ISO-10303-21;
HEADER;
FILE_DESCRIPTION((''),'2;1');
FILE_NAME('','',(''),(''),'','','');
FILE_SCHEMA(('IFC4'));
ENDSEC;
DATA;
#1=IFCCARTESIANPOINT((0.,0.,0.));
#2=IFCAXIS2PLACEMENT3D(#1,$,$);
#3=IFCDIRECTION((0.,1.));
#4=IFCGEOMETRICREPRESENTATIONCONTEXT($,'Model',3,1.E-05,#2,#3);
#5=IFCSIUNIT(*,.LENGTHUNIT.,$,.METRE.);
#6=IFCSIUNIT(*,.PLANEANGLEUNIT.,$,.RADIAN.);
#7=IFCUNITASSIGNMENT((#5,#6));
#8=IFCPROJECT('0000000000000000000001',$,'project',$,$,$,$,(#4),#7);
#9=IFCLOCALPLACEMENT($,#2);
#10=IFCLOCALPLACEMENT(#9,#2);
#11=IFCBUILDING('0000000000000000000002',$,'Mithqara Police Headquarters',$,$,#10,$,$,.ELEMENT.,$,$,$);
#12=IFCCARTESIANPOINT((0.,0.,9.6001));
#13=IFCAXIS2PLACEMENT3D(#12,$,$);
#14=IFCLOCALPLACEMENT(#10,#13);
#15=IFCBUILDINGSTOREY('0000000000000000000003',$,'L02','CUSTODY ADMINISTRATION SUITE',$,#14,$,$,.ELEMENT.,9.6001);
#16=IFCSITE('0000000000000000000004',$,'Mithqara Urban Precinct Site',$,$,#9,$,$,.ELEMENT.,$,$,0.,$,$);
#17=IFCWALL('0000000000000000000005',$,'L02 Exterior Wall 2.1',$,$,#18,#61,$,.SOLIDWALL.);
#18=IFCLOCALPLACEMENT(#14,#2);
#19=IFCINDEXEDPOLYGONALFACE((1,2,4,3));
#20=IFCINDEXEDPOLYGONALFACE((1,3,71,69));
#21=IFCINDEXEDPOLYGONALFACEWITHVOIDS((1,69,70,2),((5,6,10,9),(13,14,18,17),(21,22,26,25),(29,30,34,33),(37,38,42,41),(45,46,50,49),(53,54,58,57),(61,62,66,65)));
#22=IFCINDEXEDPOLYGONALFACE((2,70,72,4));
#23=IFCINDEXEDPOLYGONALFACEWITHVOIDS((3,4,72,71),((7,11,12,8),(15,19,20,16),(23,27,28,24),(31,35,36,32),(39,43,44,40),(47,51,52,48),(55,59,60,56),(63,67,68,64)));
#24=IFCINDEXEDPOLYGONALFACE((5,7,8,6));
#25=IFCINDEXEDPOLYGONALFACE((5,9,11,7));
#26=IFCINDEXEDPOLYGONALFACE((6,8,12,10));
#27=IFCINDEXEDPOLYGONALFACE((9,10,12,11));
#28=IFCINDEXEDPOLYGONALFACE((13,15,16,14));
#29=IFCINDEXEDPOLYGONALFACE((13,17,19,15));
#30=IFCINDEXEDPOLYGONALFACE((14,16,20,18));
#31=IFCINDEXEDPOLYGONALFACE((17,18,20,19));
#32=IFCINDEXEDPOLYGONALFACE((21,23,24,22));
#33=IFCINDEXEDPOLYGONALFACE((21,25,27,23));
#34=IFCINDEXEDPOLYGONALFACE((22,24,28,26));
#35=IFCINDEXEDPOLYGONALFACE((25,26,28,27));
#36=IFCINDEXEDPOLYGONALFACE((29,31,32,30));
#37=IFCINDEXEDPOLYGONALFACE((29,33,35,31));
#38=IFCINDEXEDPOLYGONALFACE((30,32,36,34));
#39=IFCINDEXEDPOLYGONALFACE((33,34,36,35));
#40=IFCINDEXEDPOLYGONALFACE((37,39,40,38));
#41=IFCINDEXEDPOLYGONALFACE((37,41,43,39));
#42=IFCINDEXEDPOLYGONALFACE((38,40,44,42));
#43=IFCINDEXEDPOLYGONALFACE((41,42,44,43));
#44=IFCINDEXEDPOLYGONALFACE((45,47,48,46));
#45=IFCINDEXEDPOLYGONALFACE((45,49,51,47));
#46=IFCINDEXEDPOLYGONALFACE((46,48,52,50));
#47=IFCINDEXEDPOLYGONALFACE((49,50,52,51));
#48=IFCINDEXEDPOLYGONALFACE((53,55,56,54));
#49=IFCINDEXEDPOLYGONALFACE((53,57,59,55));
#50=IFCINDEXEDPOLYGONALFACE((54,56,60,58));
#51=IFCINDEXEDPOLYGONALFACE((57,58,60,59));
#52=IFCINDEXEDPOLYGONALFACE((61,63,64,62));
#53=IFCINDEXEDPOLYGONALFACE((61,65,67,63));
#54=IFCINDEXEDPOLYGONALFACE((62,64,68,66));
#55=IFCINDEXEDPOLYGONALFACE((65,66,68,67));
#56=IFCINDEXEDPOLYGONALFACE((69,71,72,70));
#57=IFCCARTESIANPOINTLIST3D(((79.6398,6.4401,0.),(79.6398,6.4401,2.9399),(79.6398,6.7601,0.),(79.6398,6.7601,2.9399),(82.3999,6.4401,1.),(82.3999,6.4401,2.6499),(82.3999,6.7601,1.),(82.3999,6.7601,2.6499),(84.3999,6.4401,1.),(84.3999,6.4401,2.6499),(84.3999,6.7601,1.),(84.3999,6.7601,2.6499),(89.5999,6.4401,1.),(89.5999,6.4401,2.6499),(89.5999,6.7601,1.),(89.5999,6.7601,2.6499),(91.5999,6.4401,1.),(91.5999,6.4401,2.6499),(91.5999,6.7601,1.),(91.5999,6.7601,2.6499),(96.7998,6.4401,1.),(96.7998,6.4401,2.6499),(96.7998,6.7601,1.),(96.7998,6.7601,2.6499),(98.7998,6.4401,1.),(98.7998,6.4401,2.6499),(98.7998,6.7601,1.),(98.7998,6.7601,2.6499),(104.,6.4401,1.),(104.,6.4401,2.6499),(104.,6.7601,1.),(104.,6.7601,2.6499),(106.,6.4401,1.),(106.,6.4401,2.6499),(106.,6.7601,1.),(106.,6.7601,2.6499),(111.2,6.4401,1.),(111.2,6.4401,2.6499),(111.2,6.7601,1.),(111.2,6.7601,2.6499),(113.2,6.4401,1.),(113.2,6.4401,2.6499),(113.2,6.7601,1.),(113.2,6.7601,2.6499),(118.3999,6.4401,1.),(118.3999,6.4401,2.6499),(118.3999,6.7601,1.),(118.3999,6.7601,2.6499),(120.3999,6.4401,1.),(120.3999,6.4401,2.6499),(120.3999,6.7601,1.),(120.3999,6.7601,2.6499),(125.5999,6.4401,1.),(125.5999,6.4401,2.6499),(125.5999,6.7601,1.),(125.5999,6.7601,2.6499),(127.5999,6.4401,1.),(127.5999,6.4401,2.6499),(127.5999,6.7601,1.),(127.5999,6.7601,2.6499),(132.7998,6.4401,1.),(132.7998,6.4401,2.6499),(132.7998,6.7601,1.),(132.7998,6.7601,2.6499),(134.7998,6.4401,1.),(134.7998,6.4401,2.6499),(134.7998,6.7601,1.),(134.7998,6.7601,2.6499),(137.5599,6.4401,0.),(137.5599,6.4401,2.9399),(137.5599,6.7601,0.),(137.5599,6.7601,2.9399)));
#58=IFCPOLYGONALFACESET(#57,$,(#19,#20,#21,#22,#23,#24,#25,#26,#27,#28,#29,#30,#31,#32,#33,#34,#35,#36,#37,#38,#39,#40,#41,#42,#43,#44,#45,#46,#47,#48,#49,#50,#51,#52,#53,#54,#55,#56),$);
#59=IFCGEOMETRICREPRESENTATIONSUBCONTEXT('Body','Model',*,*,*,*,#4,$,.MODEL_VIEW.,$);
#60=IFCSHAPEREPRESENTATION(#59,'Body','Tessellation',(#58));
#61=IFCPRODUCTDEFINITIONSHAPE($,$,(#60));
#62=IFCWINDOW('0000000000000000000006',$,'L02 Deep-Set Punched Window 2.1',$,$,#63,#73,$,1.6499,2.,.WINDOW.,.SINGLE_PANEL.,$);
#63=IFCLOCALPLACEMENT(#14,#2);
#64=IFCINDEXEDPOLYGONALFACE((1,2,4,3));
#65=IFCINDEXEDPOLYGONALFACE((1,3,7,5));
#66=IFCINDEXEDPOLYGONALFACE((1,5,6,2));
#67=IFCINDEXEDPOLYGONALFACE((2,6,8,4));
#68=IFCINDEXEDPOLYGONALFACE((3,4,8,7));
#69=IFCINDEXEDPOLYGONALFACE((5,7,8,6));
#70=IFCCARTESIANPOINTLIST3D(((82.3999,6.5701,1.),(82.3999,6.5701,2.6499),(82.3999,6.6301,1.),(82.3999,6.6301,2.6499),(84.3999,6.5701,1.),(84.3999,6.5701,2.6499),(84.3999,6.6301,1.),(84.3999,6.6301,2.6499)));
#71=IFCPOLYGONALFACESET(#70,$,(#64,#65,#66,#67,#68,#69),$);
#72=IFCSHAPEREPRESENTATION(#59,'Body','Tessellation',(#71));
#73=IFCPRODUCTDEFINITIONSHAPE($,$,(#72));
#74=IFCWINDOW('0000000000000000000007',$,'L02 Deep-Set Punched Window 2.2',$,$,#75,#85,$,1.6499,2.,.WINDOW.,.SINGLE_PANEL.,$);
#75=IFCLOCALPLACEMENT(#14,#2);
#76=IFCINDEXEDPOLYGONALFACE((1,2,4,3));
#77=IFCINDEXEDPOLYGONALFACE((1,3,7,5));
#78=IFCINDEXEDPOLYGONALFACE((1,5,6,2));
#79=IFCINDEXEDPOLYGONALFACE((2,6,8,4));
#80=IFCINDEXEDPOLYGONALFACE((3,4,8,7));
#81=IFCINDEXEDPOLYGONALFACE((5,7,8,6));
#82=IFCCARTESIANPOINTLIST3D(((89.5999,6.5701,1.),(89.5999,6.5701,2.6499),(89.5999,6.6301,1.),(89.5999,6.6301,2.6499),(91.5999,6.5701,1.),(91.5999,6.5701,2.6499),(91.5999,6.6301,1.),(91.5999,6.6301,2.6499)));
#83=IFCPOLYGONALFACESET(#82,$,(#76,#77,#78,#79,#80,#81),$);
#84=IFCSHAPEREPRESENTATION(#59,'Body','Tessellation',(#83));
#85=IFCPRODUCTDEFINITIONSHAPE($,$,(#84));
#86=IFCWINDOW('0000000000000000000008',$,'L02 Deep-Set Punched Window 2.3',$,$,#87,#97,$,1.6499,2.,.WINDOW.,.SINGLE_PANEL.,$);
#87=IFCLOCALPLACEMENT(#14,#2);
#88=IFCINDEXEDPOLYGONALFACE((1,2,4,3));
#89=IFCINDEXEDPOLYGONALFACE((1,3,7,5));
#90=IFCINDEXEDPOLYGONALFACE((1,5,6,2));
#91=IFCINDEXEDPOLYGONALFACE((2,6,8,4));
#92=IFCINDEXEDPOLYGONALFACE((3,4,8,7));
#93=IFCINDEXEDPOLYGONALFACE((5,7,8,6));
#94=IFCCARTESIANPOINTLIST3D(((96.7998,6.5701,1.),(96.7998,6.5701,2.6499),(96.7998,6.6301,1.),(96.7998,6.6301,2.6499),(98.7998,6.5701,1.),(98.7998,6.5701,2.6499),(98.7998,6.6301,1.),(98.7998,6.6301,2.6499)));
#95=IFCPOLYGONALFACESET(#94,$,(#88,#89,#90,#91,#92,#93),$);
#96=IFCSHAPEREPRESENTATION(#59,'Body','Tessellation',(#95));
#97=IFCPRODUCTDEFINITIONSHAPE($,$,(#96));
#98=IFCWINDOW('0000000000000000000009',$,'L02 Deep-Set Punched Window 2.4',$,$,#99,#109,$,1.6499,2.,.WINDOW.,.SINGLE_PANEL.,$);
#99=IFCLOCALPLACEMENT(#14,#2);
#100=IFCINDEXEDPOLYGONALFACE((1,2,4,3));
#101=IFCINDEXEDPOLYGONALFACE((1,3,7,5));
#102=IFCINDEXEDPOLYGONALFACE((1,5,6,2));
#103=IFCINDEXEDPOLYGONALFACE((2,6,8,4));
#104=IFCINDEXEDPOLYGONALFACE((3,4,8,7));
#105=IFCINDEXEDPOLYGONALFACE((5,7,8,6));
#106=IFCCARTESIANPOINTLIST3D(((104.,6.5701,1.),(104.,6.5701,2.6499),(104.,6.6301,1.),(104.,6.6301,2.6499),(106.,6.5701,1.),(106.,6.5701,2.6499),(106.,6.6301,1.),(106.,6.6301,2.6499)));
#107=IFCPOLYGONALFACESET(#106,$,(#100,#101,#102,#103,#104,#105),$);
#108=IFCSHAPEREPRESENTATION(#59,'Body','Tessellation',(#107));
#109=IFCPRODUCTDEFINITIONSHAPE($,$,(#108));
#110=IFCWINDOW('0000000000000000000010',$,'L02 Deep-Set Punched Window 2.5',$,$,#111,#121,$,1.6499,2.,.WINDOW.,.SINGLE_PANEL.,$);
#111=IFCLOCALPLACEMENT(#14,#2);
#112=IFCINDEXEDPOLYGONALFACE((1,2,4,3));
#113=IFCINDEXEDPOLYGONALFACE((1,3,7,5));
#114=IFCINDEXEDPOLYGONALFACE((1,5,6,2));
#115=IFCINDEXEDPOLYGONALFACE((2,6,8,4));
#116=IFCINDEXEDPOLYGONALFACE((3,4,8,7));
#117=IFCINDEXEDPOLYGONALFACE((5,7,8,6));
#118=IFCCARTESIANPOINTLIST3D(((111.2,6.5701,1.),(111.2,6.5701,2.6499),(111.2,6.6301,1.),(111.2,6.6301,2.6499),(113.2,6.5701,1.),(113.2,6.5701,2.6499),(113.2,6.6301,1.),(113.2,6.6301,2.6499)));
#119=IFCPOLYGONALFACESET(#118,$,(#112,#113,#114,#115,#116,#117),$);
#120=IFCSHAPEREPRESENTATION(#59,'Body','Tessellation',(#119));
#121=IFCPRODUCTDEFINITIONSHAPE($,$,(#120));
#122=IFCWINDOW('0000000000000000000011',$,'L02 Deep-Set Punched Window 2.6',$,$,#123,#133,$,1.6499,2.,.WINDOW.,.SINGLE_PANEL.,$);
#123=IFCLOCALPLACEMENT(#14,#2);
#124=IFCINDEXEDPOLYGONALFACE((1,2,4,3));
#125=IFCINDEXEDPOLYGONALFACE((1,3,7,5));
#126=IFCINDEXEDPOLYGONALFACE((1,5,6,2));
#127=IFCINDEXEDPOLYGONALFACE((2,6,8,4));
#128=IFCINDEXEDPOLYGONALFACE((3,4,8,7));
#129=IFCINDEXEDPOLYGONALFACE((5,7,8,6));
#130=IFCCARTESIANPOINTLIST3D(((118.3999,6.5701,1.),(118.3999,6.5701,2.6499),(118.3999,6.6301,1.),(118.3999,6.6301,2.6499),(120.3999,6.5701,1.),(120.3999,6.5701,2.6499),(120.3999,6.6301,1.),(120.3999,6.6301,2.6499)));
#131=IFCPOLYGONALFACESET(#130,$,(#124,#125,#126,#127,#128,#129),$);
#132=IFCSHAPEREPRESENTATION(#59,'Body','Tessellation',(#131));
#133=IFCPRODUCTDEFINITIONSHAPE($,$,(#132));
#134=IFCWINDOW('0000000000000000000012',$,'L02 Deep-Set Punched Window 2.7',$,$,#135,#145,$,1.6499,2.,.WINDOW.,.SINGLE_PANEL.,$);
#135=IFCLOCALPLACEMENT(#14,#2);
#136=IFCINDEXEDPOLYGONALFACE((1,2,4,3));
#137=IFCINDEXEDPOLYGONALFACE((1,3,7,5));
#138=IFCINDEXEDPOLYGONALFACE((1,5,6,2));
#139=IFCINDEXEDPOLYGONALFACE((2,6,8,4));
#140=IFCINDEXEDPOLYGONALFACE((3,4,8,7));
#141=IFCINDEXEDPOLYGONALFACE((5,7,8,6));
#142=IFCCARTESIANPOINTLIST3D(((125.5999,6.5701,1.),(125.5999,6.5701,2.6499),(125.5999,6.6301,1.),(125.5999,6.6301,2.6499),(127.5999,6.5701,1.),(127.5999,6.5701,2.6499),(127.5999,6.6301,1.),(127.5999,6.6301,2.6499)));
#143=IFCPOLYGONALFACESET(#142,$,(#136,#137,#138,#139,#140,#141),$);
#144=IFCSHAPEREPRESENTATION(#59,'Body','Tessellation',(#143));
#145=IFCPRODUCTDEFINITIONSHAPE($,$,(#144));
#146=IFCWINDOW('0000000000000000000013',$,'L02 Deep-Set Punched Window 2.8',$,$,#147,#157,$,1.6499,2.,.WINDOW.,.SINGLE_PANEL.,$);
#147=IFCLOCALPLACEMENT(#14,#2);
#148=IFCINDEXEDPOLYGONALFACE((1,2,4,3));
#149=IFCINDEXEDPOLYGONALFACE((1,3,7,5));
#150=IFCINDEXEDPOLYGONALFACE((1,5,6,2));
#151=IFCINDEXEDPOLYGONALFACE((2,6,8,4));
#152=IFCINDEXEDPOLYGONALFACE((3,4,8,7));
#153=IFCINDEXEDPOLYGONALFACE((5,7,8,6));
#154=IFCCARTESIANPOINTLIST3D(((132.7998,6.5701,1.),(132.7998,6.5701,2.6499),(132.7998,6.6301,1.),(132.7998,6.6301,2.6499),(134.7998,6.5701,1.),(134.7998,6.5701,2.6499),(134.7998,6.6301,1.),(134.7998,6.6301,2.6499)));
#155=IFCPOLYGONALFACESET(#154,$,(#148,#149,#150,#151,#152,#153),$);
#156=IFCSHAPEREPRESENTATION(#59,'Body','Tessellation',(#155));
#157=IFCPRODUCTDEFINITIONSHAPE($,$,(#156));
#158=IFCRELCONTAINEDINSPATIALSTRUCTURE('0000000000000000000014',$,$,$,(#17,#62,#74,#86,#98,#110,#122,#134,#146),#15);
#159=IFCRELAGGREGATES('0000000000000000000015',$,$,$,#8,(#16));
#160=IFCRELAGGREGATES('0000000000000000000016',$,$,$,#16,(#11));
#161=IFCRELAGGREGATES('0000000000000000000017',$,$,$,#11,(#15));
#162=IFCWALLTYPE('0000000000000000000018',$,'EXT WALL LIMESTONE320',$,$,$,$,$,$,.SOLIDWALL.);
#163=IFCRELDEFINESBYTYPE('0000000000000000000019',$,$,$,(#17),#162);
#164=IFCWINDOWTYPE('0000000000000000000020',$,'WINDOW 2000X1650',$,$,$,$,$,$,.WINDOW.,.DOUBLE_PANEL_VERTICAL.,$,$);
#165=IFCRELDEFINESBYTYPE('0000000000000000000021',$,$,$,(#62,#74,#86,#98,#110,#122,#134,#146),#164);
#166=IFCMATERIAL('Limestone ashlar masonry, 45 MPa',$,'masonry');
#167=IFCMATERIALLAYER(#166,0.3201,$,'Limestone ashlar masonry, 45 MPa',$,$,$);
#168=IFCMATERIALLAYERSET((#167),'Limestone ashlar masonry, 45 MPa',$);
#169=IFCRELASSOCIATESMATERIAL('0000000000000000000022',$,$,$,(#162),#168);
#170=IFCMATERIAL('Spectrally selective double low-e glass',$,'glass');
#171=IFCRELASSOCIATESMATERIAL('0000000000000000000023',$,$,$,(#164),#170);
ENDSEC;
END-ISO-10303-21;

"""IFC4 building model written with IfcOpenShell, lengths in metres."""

from ifc_helpers import new_model, si_unit, direction, frame, frame_2d, origin, place, context, subcontext, project, spatial, rectangle, extrude, material, layer, layer_set, type_object, element, fill, save


model = new_model("IFC4")

# Units and contexts
model_context = context("Model", 3, precision=1e-05, world=origin(), true_north=direction((0.0, 1.0)))
body_context = subcontext(model_context, "Body", "Model", "MODEL_VIEW")
ifc_project = project(units=[si_unit("LENGTHUNIT", "METRE"), si_unit("PLANEANGLEUNIT", "RADIAN")], contexts=[model_context])

# Site, building, storey
site_placement = place(None, origin())
site = spatial("IfcSite", under=ifc_project, at=site_placement, Name="Mithqara Urban Precinct Site", CompositionType="ELEMENT", RefElevation=0.0)
building_placement = place(site_placement, origin())
building = spatial("IfcBuilding", under=site, at=building_placement, Name="Mithqara Police Headquarters", CompositionType="ELEMENT")
storey_placement = place(building_placement, frame((0.0, 0.0, 9.6001)))
storey = spatial("IfcBuildingStorey", under=building, at=storey_placement, Name="L02", Description="CUSTODY ADMINISTRATION SUITE", CompositionType="ELEMENT", Elevation=9.6001)

# Wall, openings, windows
ifc_material_1 = material(Name="Limestone ashlar masonry, 45 MPa", Category="masonry")
ifc_layer_1 = layer(ifc_material_1, 0.3201, Name="Limestone ashlar masonry, 45 MPa")
ifc_layer_set_1 = layer_set([ifc_layer_1], Name="Limestone ashlar masonry, 45 MPa")
wall_type_1 = type_object("IfcWallType", Name="EXT WALL LIMESTONE320", PredefinedType="SOLIDWALL", material=ifc_layer_set_1)
wall_1_placement = place(storey_placement, frame((79.6399, 6.6001, 0.0), z_axis=(0.0, 0.0, 1.0), x_axis=(1.0, 0.0, 0.0)))
wall_1 = element("IfcWall", 1, at=wall_1_placement, inside=storey, type_object=wall_type_1, Name="L02 Exterior Wall 2.1", PredefinedType="SOLIDWALL", context=body_context, shape_type="SweptSolid", body=[
    extrude(rectangle(XDim=57.9202, YDim=0.3201, at=frame_2d((28.96, 0.0))), origin(), (0.0, 0.0, 1.0), 2.9399),
])
opening_1_placement = place(wall_1_placement, frame((2.76, 0.0, 1.0)))
opening_1 = element("IfcOpeningElement", 2, at=opening_1_placement, cuts=wall_1, PredefinedType="OPENING", context=body_context, shape_type="SweptSolid", body=[
    extrude(rectangle(XDim=2.0, YDim=1.6499, at=frame_2d((1.0, 0.825))), frame((0.0, 0.1699, 0.0), z_axis=(0.0, -1.0, 0.0), x_axis=(1.0, 0.0, 0.0)), (0.0, 0.0, 1.0), 0.3401),
])
opening_2_placement = place(wall_1_placement, frame((9.96, 0.0, 1.0)))
opening_2 = element("IfcOpeningElement", 3, at=opening_2_placement, cuts=wall_1, PredefinedType="OPENING", context=body_context, shape_type="SweptSolid", body=[
    extrude(rectangle(XDim=2.0, YDim=1.6499, at=frame_2d((1.0, 0.825))), frame((0.0, 0.1699, 0.0), z_axis=(0.0, -1.0, 0.0), x_axis=(1.0, 0.0, 0.0)), (0.0, 0.0, 1.0), 0.3401),
])
opening_3_placement = place(wall_1_placement, frame((17.1599, 0.0, 1.0)))
opening_3 = element("IfcOpeningElement", 4, at=opening_3_placement, cuts=wall_1, PredefinedType="OPENING", context=body_context, shape_type="SweptSolid", body=[
    extrude(rectangle(XDim=2.0, YDim=1.6499, at=frame_2d((1.0, 0.825))), frame((0.0, 0.1699, 0.0), z_axis=(0.0, -1.0, 0.0), x_axis=(1.0, 0.0, 0.0)), (0.0, 0.0, 1.0), 0.3401),
])
opening_4_placement = place(wall_1_placement, frame((24.3601, 0.0, 1.0)))
opening_4 = element("IfcOpeningElement", 5, at=opening_4_placement, cuts=wall_1, PredefinedType="OPENING", context=body_context, shape_type="SweptSolid", body=[
    extrude(rectangle(XDim=2.0, YDim=1.6499, at=frame_2d((1.0, 0.825))), frame((0.0, 0.1699, 0.0), z_axis=(0.0, -1.0, 0.0), x_axis=(1.0, 0.0, 0.0)), (0.0, 0.0, 1.0), 0.3401),
])
opening_5_placement = place(wall_1_placement, frame((31.5601, 0.0, 1.0)))
opening_5 = element("IfcOpeningElement", 6, at=opening_5_placement, cuts=wall_1, PredefinedType="OPENING", context=body_context, shape_type="SweptSolid", body=[
    extrude(rectangle(XDim=2.0, YDim=1.6499, at=frame_2d((1.0, 0.825))), frame((0.0, 0.1699, 0.0), z_axis=(0.0, -1.0, 0.0), x_axis=(1.0, 0.0, 0.0)), (0.0, 0.0, 1.0), 0.3401),
])
opening_6_placement = place(wall_1_placement, frame((38.76, 0.0, 1.0)))
opening_6 = element("IfcOpeningElement", 7, at=opening_6_placement, cuts=wall_1, PredefinedType="OPENING", context=body_context, shape_type="SweptSolid", body=[
    extrude(rectangle(XDim=2.0, YDim=1.6499, at=frame_2d((1.0, 0.825))), frame((0.0, 0.1699, 0.0), z_axis=(0.0, -1.0, 0.0), x_axis=(1.0, 0.0, 0.0)), (0.0, 0.0, 1.0), 0.3401),
])
opening_7_placement = place(wall_1_placement, frame((45.96, 0.0, 1.0)))
opening_7 = element("IfcOpeningElement", 8, at=opening_7_placement, cuts=wall_1, PredefinedType="OPENING", context=body_context, shape_type="SweptSolid", body=[
    extrude(rectangle(XDim=2.0, YDim=1.6499, at=frame_2d((1.0, 0.825))), frame((0.0, 0.1699, 0.0), z_axis=(0.0, -1.0, 0.0), x_axis=(1.0, 0.0, 0.0)), (0.0, 0.0, 1.0), 0.3401),
])
opening_8_placement = place(wall_1_placement, frame((53.1599, 0.0, 1.0)))
opening_8 = element("IfcOpeningElement", 9, at=opening_8_placement, cuts=wall_1, PredefinedType="OPENING", context=body_context, shape_type="SweptSolid", body=[
    extrude(rectangle(XDim=2.0, YDim=1.6499, at=frame_2d((1.0, 0.825))), frame((0.0, 0.1699, 0.0), z_axis=(0.0, -1.0, 0.0), x_axis=(1.0, 0.0, 0.0)), (0.0, 0.0, 1.0), 0.3401),
])
ifc_material_2 = material(Name="Spectrally selective double low-e glass", Category="glass")
window_type = type_object("IfcWindowType", Name="WINDOW 2000X1650", PartitioningType="DOUBLE_PANEL_VERTICAL", PredefinedType="WINDOW", material=ifc_material_2)
window_1_placement = place(opening_1_placement, origin())
window_1 = element("IfcWindow", 10, at=window_1_placement, inside=storey, type_object=window_type, Name="L02 Deep-Set Punched Window 2.1", OverallHeight=1.6499, OverallWidth=2.0, PartitioningType="SINGLE_PANEL", PredefinedType="WINDOW", context=body_context, shape_type="SweptSolid", body=[
    extrude(rectangle(XDim=2.0, YDim=1.6499, at=frame_2d((1.0, 0.825))), frame((0.0, 0.03, 0.0), z_axis=(0.0, -1.0, 0.0), x_axis=(1.0, 0.0, 0.0)), (0.0, 0.0, 1.0), 0.0601),
])
fill(opening_1, window_1)
window_2_placement = place(opening_2_placement, origin())
window_2 = element("IfcWindow", 11, at=window_2_placement, inside=storey, type_object=window_type, Name="L02 Deep-Set Punched Window 2.2", OverallHeight=1.6499, OverallWidth=2.0, PartitioningType="SINGLE_PANEL", PredefinedType="WINDOW", context=body_context, shape_type="SweptSolid", body=[
    extrude(rectangle(XDim=2.0, YDim=1.6499, at=frame_2d((1.0, 0.825))), frame((0.0, 0.03, 0.0), z_axis=(0.0, -1.0, 0.0), x_axis=(1.0, 0.0, 0.0)), (0.0, 0.0, 1.0), 0.0601),
])
fill(opening_2, window_2)
window_3_placement = place(opening_3_placement, origin())
window_3 = element("IfcWindow", 12, at=window_3_placement, inside=storey, type_object=window_type, Name="L02 Deep-Set Punched Window 2.3", OverallHeight=1.6499, OverallWidth=2.0, PartitioningType="SINGLE_PANEL", PredefinedType="WINDOW", context=body_context, shape_type="SweptSolid", body=[
    extrude(rectangle(XDim=2.0, YDim=1.6499, at=frame_2d((1.0, 0.825))), frame((0.0, 0.03, 0.0), z_axis=(0.0, -1.0, 0.0), x_axis=(1.0, 0.0, 0.0)), (0.0, 0.0, 1.0), 0.0601),
])
fill(opening_3, window_3)
window_4_placement = place(opening_4_placement, origin())
window_4 = element("IfcWindow", 13, at=window_4_placement, inside=storey, type_object=window_type, Name="L02 Deep-Set Punched Window 2.4", OverallHeight=1.6499, OverallWidth=2.0, PartitioningType="SINGLE_PANEL", PredefinedType="WINDOW", context=body_context, shape_type="SweptSolid", body=[
    extrude(rectangle(XDim=2.0, YDim=1.6499, at=frame_2d((1.0, 0.825))), frame((0.0, 0.03, 0.0), z_axis=(0.0, -1.0, 0.0), x_axis=(1.0, 0.0, 0.0)), (0.0, 0.0, 1.0), 0.0601),
])
fill(opening_4, window_4)
window_5_placement = place(opening_5_placement, origin())
window_5 = element("IfcWindow", 14, at=window_5_placement, inside=storey, type_object=window_type, Name="L02 Deep-Set Punched Window 2.5", OverallHeight=1.6499, OverallWidth=2.0, PartitioningType="SINGLE_PANEL", PredefinedType="WINDOW", context=body_context, shape_type="SweptSolid", body=[
    extrude(rectangle(XDim=2.0, YDim=1.6499, at=frame_2d((1.0, 0.825))), frame((0.0, 0.03, 0.0), z_axis=(0.0, -1.0, 0.0), x_axis=(1.0, 0.0, 0.0)), (0.0, 0.0, 1.0), 0.0601),
])
fill(opening_5, window_5)
window_6_placement = place(opening_6_placement, origin())
window_6 = element("IfcWindow", 15, at=window_6_placement, inside=storey, type_object=window_type, Name="L02 Deep-Set Punched Window 2.6", OverallHeight=1.6499, OverallWidth=2.0, PartitioningType="SINGLE_PANEL", PredefinedType="WINDOW", context=body_context, shape_type="SweptSolid", body=[
    extrude(rectangle(XDim=2.0, YDim=1.6499, at=frame_2d((1.0, 0.825))), frame((0.0, 0.03, 0.0), z_axis=(0.0, -1.0, 0.0), x_axis=(1.0, 0.0, 0.0)), (0.0, 0.0, 1.0), 0.0601),
])
fill(opening_6, window_6)
window_7_placement = place(opening_7_placement, origin())
window_7 = element("IfcWindow", 16, at=window_7_placement, inside=storey, type_object=window_type, Name="L02 Deep-Set Punched Window 2.7", OverallHeight=1.6499, OverallWidth=2.0, PartitioningType="SINGLE_PANEL", PredefinedType="WINDOW", context=body_context, shape_type="SweptSolid", body=[
    extrude(rectangle(XDim=2.0, YDim=1.6499, at=frame_2d((1.0, 0.825))), frame((0.0, 0.03, 0.0), z_axis=(0.0, -1.0, 0.0), x_axis=(1.0, 0.0, 0.0)), (0.0, 0.0, 1.0), 0.0601),
])
fill(opening_7, window_7)
window_8_placement = place(opening_8_placement, origin())
window_8 = element("IfcWindow", 17, at=window_8_placement, inside=storey, type_object=window_type, Name="L02 Deep-Set Punched Window 2.8", OverallHeight=1.6499, OverallWidth=2.0, PartitioningType="SINGLE_PANEL", PredefinedType="WINDOW", context=body_context, shape_type="SweptSolid", body=[
    extrude(rectangle(XDim=2.0, YDim=1.6499, at=frame_2d((1.0, 0.825))), frame((0.0, 0.03, 0.0), z_axis=(0.0, -1.0, 0.0), x_axis=(1.0, 0.0, 0.0)), (0.0, 0.0, 1.0), 0.0601),
])
fill(opening_8, window_8)

save(model, "model.ifc")
